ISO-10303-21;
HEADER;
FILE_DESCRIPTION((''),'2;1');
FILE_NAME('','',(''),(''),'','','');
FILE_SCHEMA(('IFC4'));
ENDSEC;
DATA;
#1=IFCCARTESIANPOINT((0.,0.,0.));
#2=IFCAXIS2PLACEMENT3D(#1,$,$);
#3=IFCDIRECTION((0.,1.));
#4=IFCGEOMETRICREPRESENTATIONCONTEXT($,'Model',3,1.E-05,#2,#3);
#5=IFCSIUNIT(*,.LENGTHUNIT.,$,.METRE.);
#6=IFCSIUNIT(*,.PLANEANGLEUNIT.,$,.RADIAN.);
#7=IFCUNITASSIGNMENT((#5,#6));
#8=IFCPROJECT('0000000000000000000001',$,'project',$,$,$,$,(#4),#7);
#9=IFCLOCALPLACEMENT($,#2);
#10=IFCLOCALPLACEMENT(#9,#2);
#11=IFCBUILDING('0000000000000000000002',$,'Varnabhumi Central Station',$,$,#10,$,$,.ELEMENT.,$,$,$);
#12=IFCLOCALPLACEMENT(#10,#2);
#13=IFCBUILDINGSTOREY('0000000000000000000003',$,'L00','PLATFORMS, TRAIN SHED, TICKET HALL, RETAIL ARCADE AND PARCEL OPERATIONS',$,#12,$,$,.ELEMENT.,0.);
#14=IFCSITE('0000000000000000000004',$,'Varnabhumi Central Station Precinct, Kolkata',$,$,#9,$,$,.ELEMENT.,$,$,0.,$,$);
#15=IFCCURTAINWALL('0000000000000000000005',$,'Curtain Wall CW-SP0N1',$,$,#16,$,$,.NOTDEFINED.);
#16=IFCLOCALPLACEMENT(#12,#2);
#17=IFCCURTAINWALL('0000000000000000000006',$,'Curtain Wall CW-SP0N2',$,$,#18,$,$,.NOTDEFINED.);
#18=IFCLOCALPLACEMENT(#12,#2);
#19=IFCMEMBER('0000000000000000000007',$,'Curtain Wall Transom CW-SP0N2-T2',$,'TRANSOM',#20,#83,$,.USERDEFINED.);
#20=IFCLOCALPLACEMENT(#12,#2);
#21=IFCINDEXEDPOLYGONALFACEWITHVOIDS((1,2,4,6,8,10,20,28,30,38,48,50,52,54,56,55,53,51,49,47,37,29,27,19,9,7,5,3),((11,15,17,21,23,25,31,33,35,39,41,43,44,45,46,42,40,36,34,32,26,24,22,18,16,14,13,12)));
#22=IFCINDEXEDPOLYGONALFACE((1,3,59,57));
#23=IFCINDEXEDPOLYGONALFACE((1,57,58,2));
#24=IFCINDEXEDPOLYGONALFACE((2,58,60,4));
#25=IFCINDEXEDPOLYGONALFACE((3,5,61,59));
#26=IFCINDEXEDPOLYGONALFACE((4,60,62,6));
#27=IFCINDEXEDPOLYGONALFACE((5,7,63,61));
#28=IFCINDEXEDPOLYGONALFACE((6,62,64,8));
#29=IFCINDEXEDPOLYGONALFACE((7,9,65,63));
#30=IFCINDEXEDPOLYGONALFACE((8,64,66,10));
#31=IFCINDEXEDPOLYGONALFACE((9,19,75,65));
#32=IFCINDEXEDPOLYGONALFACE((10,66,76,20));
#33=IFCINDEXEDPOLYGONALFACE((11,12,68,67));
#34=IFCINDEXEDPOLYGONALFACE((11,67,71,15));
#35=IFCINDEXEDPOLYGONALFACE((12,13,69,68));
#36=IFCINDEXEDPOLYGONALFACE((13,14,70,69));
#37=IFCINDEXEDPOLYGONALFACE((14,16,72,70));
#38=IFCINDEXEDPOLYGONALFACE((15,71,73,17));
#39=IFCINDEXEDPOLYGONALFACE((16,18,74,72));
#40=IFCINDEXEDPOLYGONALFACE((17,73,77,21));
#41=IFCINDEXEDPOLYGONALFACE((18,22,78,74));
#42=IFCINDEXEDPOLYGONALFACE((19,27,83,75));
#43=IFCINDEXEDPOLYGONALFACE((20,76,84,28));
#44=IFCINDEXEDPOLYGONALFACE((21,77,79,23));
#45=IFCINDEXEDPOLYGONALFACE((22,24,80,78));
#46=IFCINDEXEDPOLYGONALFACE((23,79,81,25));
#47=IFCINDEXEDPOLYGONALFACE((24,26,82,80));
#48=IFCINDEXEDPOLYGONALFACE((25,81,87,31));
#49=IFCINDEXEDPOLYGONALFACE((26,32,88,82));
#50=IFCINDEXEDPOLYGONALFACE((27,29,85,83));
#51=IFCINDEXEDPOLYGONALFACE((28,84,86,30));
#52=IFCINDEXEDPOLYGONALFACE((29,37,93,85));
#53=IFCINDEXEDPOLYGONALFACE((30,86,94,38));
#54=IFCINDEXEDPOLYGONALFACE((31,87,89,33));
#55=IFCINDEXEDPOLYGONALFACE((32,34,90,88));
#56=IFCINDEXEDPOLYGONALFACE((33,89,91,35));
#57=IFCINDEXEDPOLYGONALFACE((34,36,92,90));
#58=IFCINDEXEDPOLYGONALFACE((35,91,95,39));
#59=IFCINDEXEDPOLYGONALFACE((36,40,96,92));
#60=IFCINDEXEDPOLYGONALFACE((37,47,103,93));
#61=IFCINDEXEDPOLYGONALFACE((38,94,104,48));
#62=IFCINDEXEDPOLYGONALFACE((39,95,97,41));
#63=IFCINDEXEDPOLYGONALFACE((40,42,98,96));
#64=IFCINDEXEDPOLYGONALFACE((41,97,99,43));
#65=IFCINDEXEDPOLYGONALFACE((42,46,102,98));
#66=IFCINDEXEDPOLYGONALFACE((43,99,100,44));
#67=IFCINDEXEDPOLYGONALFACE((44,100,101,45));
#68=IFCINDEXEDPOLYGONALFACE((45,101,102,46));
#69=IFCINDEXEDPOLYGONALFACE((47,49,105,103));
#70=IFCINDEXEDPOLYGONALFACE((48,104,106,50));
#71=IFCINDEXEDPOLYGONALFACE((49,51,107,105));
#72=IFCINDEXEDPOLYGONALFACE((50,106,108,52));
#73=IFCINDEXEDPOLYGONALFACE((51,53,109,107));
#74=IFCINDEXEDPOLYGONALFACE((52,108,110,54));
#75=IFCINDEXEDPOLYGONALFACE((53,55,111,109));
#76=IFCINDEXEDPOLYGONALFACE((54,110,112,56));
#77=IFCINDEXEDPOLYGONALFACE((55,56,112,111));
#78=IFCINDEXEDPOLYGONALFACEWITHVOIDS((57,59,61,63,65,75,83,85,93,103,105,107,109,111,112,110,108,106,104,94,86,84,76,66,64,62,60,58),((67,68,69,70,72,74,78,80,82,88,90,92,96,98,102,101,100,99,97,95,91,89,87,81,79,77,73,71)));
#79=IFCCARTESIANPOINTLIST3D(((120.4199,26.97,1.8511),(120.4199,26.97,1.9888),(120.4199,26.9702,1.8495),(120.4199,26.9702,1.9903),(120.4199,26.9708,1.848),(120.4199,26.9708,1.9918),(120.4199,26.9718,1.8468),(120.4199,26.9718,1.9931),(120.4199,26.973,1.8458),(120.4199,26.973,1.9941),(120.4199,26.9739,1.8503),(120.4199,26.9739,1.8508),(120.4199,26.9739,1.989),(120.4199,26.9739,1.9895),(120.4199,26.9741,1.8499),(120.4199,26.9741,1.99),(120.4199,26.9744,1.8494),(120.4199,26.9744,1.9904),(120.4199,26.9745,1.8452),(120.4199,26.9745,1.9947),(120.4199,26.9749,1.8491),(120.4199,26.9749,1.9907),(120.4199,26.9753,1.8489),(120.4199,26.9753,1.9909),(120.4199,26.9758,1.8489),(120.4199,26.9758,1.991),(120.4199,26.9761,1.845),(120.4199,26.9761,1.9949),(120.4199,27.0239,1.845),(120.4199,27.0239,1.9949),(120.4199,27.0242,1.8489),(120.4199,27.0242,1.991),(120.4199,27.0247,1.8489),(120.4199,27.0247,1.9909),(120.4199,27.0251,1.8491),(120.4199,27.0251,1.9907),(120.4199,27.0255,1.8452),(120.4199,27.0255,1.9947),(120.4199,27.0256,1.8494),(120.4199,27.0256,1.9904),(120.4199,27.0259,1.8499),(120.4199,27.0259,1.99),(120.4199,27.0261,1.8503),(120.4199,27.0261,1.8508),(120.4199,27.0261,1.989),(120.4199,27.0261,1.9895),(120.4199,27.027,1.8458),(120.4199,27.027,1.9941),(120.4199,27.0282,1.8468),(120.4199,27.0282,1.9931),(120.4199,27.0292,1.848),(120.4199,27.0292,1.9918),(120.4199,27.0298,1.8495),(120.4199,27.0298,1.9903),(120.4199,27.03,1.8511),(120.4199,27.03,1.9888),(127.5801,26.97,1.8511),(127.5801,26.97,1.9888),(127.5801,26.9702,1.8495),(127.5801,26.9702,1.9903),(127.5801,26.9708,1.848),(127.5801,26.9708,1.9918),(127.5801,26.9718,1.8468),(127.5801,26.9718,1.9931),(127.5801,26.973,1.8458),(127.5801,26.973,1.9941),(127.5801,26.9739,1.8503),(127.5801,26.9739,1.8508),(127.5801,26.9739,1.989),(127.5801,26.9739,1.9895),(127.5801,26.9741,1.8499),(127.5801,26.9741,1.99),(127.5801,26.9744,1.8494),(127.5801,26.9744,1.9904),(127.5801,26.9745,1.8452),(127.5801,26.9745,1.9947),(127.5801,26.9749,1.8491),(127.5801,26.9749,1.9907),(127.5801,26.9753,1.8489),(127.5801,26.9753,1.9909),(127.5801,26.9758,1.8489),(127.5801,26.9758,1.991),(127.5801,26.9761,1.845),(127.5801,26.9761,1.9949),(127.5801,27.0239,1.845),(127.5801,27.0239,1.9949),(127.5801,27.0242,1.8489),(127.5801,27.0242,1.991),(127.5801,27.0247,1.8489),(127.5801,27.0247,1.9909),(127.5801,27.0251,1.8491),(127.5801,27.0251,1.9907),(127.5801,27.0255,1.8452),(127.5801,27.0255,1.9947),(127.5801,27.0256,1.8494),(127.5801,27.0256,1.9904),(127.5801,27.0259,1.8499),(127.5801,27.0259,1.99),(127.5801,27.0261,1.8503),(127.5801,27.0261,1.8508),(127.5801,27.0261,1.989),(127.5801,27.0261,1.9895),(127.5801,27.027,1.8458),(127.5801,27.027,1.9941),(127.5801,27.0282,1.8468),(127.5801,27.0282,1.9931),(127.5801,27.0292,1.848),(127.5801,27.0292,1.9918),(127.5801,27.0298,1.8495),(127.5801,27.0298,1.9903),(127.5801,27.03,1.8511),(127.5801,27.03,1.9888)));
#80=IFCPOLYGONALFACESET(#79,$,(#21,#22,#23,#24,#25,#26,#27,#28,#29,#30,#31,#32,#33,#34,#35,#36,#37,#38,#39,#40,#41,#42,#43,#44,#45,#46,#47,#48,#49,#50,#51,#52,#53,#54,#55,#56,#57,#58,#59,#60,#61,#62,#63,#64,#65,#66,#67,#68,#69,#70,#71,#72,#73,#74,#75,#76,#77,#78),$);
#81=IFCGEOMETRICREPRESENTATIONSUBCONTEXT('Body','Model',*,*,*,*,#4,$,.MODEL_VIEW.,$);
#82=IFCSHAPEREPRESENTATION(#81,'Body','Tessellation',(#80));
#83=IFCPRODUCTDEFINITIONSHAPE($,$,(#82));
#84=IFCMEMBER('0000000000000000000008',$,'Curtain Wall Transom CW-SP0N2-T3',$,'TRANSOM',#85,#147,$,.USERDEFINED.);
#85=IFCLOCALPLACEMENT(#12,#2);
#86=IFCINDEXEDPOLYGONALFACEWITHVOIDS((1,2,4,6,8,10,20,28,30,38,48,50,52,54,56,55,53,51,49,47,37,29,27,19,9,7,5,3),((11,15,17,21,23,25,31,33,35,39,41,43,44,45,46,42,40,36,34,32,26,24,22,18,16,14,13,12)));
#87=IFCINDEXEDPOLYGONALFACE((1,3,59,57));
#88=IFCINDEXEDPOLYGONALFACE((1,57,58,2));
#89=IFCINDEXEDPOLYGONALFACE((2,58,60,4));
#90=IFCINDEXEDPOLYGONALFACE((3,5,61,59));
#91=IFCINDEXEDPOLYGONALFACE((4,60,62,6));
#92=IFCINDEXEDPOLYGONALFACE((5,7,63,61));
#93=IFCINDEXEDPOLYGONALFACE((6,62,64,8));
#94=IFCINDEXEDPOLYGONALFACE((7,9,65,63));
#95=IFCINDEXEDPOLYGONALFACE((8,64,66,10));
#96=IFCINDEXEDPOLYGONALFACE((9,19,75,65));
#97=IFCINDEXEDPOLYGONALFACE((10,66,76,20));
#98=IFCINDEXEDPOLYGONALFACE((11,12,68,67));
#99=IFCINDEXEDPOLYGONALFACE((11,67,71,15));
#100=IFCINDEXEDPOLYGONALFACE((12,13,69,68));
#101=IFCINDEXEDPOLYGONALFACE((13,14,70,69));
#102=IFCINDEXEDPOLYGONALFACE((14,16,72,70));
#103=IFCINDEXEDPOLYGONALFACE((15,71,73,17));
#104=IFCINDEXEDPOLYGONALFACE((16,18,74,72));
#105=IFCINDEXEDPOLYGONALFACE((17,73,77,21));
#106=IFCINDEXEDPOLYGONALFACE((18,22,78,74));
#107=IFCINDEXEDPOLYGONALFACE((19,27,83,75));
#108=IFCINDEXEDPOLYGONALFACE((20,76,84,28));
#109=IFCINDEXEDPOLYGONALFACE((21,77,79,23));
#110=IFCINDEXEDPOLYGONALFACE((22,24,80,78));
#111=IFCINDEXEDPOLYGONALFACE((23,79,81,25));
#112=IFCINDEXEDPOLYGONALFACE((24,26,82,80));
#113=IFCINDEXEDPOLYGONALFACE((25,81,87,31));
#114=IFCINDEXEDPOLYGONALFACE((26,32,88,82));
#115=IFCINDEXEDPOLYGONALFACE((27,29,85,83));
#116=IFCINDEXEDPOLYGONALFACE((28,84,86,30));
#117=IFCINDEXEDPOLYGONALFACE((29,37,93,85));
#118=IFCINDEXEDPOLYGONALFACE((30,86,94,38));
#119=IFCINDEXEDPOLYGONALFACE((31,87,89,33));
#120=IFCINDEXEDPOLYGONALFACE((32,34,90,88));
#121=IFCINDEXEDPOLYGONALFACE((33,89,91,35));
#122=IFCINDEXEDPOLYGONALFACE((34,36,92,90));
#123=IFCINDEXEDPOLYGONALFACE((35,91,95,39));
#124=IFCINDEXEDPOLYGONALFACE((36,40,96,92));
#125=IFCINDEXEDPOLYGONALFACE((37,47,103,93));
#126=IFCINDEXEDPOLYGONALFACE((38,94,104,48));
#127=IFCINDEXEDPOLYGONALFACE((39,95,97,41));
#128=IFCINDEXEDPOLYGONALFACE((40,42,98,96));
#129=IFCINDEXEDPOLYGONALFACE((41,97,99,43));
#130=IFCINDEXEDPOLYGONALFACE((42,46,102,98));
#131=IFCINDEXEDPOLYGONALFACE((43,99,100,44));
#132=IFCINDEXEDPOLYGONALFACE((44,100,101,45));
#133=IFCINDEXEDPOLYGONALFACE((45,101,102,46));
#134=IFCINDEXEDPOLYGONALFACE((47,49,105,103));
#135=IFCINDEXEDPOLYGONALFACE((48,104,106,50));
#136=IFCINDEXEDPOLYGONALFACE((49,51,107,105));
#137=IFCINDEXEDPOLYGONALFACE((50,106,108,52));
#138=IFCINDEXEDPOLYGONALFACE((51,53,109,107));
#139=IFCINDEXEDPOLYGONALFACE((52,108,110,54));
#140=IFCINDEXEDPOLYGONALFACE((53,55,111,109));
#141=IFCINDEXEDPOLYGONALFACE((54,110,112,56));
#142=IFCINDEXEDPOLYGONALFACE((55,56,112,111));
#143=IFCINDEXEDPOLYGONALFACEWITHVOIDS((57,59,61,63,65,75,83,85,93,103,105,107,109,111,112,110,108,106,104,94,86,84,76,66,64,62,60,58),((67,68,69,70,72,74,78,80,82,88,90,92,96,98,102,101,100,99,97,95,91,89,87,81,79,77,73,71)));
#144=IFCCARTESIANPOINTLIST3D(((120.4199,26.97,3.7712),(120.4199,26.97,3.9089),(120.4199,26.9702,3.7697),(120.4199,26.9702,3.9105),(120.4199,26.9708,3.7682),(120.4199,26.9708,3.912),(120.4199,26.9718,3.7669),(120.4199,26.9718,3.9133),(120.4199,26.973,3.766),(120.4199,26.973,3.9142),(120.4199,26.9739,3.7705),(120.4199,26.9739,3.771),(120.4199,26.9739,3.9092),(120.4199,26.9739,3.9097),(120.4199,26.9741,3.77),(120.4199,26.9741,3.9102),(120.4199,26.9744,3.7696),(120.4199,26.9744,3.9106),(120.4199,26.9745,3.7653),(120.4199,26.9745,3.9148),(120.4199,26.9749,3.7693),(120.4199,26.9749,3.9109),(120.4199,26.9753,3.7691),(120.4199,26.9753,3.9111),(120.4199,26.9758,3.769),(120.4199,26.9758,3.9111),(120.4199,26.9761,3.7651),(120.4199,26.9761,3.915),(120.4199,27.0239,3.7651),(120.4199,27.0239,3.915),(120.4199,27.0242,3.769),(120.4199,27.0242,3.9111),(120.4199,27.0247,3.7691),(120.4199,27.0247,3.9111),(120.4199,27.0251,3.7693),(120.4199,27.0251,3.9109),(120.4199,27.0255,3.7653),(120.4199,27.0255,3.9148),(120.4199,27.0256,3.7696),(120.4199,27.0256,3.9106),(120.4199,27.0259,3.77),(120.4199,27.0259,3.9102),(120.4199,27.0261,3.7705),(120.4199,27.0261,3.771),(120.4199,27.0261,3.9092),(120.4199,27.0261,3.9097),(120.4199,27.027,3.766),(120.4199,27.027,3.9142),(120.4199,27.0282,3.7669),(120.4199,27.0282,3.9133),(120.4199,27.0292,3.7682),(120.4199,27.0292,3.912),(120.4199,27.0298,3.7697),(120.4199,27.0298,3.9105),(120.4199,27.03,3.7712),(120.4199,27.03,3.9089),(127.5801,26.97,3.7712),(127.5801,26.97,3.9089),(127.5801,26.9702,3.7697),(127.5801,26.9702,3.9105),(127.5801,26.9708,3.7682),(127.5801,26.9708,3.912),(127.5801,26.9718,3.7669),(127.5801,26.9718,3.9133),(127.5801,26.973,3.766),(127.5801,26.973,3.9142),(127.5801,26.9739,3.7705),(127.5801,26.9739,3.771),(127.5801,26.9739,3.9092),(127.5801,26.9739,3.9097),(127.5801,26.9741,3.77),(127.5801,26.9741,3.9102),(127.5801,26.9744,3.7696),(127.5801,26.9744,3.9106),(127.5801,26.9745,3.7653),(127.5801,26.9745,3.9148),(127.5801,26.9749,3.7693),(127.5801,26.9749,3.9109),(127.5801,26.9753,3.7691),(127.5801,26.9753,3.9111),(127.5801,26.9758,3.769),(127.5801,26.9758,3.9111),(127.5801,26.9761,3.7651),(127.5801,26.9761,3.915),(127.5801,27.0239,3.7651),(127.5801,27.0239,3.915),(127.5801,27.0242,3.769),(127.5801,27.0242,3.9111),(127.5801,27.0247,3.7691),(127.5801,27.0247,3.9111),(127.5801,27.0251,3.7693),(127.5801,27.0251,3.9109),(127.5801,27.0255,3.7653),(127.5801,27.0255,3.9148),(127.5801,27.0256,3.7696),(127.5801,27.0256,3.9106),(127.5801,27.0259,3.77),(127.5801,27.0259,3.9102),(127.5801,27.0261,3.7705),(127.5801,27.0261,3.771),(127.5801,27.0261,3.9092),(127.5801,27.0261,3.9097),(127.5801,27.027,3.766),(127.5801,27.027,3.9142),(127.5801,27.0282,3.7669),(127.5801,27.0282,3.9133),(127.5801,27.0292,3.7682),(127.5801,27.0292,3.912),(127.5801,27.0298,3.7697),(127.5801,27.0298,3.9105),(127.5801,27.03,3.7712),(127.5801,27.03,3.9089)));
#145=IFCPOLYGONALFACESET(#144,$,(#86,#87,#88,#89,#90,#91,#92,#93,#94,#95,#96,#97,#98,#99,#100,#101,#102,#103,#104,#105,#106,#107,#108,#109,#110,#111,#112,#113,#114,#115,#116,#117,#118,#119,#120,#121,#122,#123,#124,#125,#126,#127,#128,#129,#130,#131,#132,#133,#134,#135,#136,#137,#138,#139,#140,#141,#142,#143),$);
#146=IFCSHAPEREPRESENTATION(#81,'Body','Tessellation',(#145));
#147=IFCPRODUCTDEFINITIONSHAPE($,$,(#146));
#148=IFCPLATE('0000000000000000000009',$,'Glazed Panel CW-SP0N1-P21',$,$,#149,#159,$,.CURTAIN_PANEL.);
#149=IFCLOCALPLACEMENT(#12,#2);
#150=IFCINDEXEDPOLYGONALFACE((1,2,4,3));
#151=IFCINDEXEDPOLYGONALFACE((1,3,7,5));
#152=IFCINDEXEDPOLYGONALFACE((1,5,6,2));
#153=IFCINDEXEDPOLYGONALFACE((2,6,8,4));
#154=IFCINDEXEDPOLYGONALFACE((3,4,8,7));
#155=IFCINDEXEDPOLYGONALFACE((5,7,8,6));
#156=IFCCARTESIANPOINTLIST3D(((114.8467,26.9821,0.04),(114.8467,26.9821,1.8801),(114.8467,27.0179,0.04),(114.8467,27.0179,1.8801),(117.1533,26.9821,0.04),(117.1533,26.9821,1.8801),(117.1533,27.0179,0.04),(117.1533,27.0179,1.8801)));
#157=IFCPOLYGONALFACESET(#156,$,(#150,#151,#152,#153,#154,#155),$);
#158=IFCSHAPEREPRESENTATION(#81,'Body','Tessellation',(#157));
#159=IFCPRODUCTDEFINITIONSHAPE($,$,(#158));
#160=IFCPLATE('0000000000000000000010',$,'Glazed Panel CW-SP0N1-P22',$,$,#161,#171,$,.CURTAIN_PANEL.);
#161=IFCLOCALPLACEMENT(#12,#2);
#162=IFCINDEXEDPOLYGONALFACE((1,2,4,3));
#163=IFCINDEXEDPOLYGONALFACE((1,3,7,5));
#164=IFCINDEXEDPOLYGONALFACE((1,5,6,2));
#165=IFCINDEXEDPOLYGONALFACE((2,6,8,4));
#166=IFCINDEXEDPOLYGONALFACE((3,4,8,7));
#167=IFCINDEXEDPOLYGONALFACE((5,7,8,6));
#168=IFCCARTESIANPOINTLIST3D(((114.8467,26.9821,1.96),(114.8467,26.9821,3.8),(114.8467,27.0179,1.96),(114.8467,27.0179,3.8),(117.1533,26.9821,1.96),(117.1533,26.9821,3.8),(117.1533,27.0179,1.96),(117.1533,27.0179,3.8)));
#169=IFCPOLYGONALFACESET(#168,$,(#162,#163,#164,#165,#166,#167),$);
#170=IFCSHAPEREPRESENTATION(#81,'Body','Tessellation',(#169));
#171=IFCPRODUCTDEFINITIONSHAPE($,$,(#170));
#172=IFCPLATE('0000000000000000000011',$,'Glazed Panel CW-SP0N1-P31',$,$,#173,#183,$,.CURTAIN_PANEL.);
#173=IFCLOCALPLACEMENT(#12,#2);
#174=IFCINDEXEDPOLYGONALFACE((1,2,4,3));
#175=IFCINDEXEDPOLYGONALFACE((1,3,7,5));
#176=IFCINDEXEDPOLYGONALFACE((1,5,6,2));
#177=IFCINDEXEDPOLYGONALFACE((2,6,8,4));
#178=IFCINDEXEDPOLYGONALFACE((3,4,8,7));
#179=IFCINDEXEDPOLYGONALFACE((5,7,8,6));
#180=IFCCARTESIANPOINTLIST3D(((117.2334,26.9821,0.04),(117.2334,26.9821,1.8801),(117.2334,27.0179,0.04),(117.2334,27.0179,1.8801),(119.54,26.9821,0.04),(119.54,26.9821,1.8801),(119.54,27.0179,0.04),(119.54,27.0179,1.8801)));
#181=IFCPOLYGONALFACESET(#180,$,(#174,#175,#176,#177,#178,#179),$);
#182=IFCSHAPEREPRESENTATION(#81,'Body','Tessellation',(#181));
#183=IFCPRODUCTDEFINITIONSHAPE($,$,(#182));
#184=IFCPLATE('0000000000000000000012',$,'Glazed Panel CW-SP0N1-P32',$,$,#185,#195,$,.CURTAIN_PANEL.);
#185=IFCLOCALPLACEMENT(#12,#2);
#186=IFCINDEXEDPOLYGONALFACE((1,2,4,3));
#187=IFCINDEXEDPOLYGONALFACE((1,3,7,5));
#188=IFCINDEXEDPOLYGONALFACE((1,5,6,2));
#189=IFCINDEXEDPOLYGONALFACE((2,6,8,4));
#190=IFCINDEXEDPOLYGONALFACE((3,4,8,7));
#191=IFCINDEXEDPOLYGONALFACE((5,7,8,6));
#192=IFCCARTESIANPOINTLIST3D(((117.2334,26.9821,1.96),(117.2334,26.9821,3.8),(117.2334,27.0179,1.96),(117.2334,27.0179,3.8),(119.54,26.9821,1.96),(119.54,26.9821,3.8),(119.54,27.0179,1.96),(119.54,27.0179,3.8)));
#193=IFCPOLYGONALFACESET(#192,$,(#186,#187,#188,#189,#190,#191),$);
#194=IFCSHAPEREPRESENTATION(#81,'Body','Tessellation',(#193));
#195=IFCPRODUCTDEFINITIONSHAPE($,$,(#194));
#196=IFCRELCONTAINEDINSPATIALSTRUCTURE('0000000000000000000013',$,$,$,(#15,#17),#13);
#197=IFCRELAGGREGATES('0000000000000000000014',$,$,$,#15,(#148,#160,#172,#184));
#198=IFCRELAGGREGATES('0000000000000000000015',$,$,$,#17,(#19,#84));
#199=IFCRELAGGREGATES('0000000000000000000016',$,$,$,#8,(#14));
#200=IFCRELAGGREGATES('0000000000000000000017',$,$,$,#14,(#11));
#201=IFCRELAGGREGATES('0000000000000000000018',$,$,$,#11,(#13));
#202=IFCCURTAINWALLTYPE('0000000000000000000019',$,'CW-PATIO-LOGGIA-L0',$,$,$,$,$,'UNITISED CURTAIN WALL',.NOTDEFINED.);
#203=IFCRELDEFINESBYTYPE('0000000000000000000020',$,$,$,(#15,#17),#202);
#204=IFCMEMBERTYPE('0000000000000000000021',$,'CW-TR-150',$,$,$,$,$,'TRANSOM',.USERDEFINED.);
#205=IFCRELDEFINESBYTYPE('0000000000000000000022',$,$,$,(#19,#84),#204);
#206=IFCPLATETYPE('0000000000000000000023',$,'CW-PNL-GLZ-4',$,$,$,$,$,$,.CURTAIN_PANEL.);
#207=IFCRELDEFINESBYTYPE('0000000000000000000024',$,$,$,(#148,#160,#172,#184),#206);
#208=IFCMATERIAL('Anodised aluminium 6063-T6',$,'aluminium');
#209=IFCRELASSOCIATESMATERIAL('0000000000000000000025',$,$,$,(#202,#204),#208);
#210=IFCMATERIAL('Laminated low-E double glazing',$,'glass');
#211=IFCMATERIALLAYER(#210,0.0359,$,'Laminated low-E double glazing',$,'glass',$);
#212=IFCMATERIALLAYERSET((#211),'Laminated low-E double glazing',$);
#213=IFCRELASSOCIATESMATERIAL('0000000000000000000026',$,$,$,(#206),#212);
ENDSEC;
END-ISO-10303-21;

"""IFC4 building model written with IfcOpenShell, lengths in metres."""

from ifc_helpers import new_model, si_unit, direction, frame, origin, origin_2d, place, context, subcontext, project, spatial, rectangle, hollow_rectangle, extrude, material, layer, layer_set, material_profile, profile_set, type_object, element, aggregate, save


model = new_model("IFC4")

# Units and contexts
model_context = context("Model", 3, precision=1e-05, world=origin(), true_north=direction((0.0, 1.0)))
body_context = subcontext(model_context, "Body", "Model", "MODEL_VIEW")
ifc_project = project(units=[si_unit("LENGTHUNIT", "METRE"), si_unit("PLANEANGLEUNIT", "RADIAN")], contexts=[model_context])

# Site, building, storey
site_placement = place(None, origin())
site = spatial("IfcSite", under=ifc_project, at=site_placement, Name="Varnabhumi Central Station Precinct, Kolkata", CompositionType="ELEMENT", RefElevation=0.0)
building_placement = place(site_placement, origin())
building = spatial("IfcBuilding", under=site, at=building_placement, Name="Varnabhumi Central Station", CompositionType="ELEMENT")
storey_placement = place(building_placement, origin())
storey = spatial("IfcBuildingStorey", under=building, at=storey_placement, Name="L00", Description="PLATFORMS, TRAIN SHED, TICKET HALL, RETAIL ARCADE AND PARCEL OPERATIONS", CompositionType="ELEMENT", Elevation=0.0)

# Curtain walls, members
ifc_material_1 = material(Name="Anodised aluminium 6063-T6", Category="aluminium")
curtain_wall_type = type_object("IfcCurtainWallType", Name="CW-PATIO-LOGGIA-L0", ElementType="UNITISED CURTAIN WALL", PredefinedType="NOTDEFINED", material=ifc_material_1)
curtain_wall_1_placement = place(storey_placement, origin())
curtain_wall_1 = element("IfcCurtainWall", 1, at=curtain_wall_1_placement, inside=storey, type_object=curtain_wall_type, Name="Curtain Wall CW-SP0N1", PredefinedType="NOTDEFINED")
curtain_wall_2_placement = place(storey_placement, origin())
curtain_wall_2 = element("IfcCurtainWall", 2, at=curtain_wall_2_placement, inside=storey, type_object=curtain_wall_type, Name="Curtain Wall CW-SP0N2", PredefinedType="NOTDEFINED")
ifc_material_profile_1 = material_profile(ifc_material_1, hollow_rectangle(XDim=0.0601, YDim=0.1499, WallThickness=0.0039, InnerFilletRadius=0.002, OuterFilletRadius=0.0061, at=origin_2d()), Name="Anodised aluminium 6063-T6", Category="aluminium")
ifc_profile_set_1 = profile_set([ifc_material_profile_1], Name="Anodised aluminium 6063-T6")
member_type_1 = type_object("IfcMemberType", Name="CW-TR-150", ElementType="TRANSOM", PredefinedType="USERDEFINED", material=ifc_profile_set_1)
member_1_placement = place(storey_placement, frame((120.4199, 27.0, 1.9199), z_axis=(1.0, 0.0, 0.0), x_axis=(0.0, 1.0, 0.0)))
member_1 = element("IfcMember", 3, at=member_1_placement, type_object=member_type_1, Name="Curtain Wall Transom CW-SP0N2-T2", ObjectType="TRANSOM", PredefinedType="USERDEFINED", context=body_context, shape_type="SweptSolid", body=[
    extrude(hollow_rectangle(XDim=0.0601, YDim=0.1499, WallThickness=0.0039, InnerFilletRadius=0.002, OuterFilletRadius=0.0061, at=origin_2d()), origin(), (0.0, 0.0, 1.0), 7.1602),
])
member_2_placement = place(storey_placement, frame((120.4199, 27.0, 3.8401), z_axis=(1.0, 0.0, 0.0), x_axis=(0.0, 1.0, 0.0)))
member_2 = element("IfcMember", 4, at=member_2_placement, type_object=member_type_1, Name="Curtain Wall Transom CW-SP0N2-T3", ObjectType="TRANSOM", PredefinedType="USERDEFINED", context=body_context, shape_type="SweptSolid", body=[
    extrude(hollow_rectangle(XDim=0.0601, YDim=0.1499, WallThickness=0.0039, InnerFilletRadius=0.002, OuterFilletRadius=0.0061, at=origin_2d()), origin(), (0.0, 0.0, 1.0), 7.1602),
])

# Plates
ifc_material_2 = material(Name="Laminated low-E double glazing", Category="glass")
ifc_layer_1 = layer(ifc_material_2, 0.0359, Name="Laminated low-E double glazing", Category="glass")
ifc_layer_set_1 = layer_set([ifc_layer_1], Name="Laminated low-E double glazing")
plate_type_1 = type_object("IfcPlateType", Name="CW-PNL-GLZ-4", PredefinedType="CURTAIN_PANEL", material=ifc_layer_set_1)
plate_1_placement = place(storey_placement, frame((116.0, 27.0, 0.04), z_axis=(0.0, 0.0, 1.0), x_axis=(1.0, 0.0, 0.0)))
plate_1 = element("IfcPlate", 5, at=plate_1_placement, type_object=plate_type_1, Name="Glazed Panel CW-SP0N1-P21", PredefinedType="CURTAIN_PANEL", context=body_context, shape_type="SweptSolid", body=[
    extrude(rectangle(XDim=2.3066, YDim=0.0359, at=origin_2d()), origin(), (0.0, 0.0, 1.0), 1.8401),
])
plate_2_placement = place(storey_placement, frame((116.0, 27.0, 1.96), z_axis=(0.0, 0.0, 1.0), x_axis=(1.0, 0.0, 0.0)))
plate_2 = element("IfcPlate", 6, at=plate_2_placement, type_object=plate_type_1, Name="Glazed Panel CW-SP0N1-P22", PredefinedType="CURTAIN_PANEL", context=body_context, shape_type="SweptSolid", body=[
    extrude(rectangle(XDim=2.3066, YDim=0.0359, at=origin_2d()), origin(), (0.0, 0.0, 1.0), 1.8401),
])
plate_3_placement = place(storey_placement, frame((118.3867, 27.0, 0.04), z_axis=(0.0, 0.0, 1.0), x_axis=(1.0, 0.0, 0.0)))
plate_3 = element("IfcPlate", 7, at=plate_3_placement, type_object=plate_type_1, Name="Glazed Panel CW-SP0N1-P31", PredefinedType="CURTAIN_PANEL", context=body_context, shape_type="SweptSolid", body=[
    extrude(rectangle(XDim=2.3066, YDim=0.0359, at=origin_2d()), origin(), (0.0, 0.0, 1.0), 1.8401),
])
plate_4_placement = place(storey_placement, frame((118.3867, 27.0, 1.96), z_axis=(0.0, 0.0, 1.0), x_axis=(1.0, 0.0, 0.0)))
plate_4 = element("IfcPlate", 8, at=plate_4_placement, type_object=plate_type_1, Name="Glazed Panel CW-SP0N1-P32", PredefinedType="CURTAIN_PANEL", context=body_context, shape_type="SweptSolid", body=[
    extrude(rectangle(XDim=2.3066, YDim=0.0359, at=origin_2d()), origin(), (0.0, 0.0, 1.0), 1.8401),
])
aggregate(curtain_wall_1, [plate_1, plate_2, plate_3, plate_4])
aggregate(curtain_wall_2, [member_1, member_2])

save(model, "model.ifc")
